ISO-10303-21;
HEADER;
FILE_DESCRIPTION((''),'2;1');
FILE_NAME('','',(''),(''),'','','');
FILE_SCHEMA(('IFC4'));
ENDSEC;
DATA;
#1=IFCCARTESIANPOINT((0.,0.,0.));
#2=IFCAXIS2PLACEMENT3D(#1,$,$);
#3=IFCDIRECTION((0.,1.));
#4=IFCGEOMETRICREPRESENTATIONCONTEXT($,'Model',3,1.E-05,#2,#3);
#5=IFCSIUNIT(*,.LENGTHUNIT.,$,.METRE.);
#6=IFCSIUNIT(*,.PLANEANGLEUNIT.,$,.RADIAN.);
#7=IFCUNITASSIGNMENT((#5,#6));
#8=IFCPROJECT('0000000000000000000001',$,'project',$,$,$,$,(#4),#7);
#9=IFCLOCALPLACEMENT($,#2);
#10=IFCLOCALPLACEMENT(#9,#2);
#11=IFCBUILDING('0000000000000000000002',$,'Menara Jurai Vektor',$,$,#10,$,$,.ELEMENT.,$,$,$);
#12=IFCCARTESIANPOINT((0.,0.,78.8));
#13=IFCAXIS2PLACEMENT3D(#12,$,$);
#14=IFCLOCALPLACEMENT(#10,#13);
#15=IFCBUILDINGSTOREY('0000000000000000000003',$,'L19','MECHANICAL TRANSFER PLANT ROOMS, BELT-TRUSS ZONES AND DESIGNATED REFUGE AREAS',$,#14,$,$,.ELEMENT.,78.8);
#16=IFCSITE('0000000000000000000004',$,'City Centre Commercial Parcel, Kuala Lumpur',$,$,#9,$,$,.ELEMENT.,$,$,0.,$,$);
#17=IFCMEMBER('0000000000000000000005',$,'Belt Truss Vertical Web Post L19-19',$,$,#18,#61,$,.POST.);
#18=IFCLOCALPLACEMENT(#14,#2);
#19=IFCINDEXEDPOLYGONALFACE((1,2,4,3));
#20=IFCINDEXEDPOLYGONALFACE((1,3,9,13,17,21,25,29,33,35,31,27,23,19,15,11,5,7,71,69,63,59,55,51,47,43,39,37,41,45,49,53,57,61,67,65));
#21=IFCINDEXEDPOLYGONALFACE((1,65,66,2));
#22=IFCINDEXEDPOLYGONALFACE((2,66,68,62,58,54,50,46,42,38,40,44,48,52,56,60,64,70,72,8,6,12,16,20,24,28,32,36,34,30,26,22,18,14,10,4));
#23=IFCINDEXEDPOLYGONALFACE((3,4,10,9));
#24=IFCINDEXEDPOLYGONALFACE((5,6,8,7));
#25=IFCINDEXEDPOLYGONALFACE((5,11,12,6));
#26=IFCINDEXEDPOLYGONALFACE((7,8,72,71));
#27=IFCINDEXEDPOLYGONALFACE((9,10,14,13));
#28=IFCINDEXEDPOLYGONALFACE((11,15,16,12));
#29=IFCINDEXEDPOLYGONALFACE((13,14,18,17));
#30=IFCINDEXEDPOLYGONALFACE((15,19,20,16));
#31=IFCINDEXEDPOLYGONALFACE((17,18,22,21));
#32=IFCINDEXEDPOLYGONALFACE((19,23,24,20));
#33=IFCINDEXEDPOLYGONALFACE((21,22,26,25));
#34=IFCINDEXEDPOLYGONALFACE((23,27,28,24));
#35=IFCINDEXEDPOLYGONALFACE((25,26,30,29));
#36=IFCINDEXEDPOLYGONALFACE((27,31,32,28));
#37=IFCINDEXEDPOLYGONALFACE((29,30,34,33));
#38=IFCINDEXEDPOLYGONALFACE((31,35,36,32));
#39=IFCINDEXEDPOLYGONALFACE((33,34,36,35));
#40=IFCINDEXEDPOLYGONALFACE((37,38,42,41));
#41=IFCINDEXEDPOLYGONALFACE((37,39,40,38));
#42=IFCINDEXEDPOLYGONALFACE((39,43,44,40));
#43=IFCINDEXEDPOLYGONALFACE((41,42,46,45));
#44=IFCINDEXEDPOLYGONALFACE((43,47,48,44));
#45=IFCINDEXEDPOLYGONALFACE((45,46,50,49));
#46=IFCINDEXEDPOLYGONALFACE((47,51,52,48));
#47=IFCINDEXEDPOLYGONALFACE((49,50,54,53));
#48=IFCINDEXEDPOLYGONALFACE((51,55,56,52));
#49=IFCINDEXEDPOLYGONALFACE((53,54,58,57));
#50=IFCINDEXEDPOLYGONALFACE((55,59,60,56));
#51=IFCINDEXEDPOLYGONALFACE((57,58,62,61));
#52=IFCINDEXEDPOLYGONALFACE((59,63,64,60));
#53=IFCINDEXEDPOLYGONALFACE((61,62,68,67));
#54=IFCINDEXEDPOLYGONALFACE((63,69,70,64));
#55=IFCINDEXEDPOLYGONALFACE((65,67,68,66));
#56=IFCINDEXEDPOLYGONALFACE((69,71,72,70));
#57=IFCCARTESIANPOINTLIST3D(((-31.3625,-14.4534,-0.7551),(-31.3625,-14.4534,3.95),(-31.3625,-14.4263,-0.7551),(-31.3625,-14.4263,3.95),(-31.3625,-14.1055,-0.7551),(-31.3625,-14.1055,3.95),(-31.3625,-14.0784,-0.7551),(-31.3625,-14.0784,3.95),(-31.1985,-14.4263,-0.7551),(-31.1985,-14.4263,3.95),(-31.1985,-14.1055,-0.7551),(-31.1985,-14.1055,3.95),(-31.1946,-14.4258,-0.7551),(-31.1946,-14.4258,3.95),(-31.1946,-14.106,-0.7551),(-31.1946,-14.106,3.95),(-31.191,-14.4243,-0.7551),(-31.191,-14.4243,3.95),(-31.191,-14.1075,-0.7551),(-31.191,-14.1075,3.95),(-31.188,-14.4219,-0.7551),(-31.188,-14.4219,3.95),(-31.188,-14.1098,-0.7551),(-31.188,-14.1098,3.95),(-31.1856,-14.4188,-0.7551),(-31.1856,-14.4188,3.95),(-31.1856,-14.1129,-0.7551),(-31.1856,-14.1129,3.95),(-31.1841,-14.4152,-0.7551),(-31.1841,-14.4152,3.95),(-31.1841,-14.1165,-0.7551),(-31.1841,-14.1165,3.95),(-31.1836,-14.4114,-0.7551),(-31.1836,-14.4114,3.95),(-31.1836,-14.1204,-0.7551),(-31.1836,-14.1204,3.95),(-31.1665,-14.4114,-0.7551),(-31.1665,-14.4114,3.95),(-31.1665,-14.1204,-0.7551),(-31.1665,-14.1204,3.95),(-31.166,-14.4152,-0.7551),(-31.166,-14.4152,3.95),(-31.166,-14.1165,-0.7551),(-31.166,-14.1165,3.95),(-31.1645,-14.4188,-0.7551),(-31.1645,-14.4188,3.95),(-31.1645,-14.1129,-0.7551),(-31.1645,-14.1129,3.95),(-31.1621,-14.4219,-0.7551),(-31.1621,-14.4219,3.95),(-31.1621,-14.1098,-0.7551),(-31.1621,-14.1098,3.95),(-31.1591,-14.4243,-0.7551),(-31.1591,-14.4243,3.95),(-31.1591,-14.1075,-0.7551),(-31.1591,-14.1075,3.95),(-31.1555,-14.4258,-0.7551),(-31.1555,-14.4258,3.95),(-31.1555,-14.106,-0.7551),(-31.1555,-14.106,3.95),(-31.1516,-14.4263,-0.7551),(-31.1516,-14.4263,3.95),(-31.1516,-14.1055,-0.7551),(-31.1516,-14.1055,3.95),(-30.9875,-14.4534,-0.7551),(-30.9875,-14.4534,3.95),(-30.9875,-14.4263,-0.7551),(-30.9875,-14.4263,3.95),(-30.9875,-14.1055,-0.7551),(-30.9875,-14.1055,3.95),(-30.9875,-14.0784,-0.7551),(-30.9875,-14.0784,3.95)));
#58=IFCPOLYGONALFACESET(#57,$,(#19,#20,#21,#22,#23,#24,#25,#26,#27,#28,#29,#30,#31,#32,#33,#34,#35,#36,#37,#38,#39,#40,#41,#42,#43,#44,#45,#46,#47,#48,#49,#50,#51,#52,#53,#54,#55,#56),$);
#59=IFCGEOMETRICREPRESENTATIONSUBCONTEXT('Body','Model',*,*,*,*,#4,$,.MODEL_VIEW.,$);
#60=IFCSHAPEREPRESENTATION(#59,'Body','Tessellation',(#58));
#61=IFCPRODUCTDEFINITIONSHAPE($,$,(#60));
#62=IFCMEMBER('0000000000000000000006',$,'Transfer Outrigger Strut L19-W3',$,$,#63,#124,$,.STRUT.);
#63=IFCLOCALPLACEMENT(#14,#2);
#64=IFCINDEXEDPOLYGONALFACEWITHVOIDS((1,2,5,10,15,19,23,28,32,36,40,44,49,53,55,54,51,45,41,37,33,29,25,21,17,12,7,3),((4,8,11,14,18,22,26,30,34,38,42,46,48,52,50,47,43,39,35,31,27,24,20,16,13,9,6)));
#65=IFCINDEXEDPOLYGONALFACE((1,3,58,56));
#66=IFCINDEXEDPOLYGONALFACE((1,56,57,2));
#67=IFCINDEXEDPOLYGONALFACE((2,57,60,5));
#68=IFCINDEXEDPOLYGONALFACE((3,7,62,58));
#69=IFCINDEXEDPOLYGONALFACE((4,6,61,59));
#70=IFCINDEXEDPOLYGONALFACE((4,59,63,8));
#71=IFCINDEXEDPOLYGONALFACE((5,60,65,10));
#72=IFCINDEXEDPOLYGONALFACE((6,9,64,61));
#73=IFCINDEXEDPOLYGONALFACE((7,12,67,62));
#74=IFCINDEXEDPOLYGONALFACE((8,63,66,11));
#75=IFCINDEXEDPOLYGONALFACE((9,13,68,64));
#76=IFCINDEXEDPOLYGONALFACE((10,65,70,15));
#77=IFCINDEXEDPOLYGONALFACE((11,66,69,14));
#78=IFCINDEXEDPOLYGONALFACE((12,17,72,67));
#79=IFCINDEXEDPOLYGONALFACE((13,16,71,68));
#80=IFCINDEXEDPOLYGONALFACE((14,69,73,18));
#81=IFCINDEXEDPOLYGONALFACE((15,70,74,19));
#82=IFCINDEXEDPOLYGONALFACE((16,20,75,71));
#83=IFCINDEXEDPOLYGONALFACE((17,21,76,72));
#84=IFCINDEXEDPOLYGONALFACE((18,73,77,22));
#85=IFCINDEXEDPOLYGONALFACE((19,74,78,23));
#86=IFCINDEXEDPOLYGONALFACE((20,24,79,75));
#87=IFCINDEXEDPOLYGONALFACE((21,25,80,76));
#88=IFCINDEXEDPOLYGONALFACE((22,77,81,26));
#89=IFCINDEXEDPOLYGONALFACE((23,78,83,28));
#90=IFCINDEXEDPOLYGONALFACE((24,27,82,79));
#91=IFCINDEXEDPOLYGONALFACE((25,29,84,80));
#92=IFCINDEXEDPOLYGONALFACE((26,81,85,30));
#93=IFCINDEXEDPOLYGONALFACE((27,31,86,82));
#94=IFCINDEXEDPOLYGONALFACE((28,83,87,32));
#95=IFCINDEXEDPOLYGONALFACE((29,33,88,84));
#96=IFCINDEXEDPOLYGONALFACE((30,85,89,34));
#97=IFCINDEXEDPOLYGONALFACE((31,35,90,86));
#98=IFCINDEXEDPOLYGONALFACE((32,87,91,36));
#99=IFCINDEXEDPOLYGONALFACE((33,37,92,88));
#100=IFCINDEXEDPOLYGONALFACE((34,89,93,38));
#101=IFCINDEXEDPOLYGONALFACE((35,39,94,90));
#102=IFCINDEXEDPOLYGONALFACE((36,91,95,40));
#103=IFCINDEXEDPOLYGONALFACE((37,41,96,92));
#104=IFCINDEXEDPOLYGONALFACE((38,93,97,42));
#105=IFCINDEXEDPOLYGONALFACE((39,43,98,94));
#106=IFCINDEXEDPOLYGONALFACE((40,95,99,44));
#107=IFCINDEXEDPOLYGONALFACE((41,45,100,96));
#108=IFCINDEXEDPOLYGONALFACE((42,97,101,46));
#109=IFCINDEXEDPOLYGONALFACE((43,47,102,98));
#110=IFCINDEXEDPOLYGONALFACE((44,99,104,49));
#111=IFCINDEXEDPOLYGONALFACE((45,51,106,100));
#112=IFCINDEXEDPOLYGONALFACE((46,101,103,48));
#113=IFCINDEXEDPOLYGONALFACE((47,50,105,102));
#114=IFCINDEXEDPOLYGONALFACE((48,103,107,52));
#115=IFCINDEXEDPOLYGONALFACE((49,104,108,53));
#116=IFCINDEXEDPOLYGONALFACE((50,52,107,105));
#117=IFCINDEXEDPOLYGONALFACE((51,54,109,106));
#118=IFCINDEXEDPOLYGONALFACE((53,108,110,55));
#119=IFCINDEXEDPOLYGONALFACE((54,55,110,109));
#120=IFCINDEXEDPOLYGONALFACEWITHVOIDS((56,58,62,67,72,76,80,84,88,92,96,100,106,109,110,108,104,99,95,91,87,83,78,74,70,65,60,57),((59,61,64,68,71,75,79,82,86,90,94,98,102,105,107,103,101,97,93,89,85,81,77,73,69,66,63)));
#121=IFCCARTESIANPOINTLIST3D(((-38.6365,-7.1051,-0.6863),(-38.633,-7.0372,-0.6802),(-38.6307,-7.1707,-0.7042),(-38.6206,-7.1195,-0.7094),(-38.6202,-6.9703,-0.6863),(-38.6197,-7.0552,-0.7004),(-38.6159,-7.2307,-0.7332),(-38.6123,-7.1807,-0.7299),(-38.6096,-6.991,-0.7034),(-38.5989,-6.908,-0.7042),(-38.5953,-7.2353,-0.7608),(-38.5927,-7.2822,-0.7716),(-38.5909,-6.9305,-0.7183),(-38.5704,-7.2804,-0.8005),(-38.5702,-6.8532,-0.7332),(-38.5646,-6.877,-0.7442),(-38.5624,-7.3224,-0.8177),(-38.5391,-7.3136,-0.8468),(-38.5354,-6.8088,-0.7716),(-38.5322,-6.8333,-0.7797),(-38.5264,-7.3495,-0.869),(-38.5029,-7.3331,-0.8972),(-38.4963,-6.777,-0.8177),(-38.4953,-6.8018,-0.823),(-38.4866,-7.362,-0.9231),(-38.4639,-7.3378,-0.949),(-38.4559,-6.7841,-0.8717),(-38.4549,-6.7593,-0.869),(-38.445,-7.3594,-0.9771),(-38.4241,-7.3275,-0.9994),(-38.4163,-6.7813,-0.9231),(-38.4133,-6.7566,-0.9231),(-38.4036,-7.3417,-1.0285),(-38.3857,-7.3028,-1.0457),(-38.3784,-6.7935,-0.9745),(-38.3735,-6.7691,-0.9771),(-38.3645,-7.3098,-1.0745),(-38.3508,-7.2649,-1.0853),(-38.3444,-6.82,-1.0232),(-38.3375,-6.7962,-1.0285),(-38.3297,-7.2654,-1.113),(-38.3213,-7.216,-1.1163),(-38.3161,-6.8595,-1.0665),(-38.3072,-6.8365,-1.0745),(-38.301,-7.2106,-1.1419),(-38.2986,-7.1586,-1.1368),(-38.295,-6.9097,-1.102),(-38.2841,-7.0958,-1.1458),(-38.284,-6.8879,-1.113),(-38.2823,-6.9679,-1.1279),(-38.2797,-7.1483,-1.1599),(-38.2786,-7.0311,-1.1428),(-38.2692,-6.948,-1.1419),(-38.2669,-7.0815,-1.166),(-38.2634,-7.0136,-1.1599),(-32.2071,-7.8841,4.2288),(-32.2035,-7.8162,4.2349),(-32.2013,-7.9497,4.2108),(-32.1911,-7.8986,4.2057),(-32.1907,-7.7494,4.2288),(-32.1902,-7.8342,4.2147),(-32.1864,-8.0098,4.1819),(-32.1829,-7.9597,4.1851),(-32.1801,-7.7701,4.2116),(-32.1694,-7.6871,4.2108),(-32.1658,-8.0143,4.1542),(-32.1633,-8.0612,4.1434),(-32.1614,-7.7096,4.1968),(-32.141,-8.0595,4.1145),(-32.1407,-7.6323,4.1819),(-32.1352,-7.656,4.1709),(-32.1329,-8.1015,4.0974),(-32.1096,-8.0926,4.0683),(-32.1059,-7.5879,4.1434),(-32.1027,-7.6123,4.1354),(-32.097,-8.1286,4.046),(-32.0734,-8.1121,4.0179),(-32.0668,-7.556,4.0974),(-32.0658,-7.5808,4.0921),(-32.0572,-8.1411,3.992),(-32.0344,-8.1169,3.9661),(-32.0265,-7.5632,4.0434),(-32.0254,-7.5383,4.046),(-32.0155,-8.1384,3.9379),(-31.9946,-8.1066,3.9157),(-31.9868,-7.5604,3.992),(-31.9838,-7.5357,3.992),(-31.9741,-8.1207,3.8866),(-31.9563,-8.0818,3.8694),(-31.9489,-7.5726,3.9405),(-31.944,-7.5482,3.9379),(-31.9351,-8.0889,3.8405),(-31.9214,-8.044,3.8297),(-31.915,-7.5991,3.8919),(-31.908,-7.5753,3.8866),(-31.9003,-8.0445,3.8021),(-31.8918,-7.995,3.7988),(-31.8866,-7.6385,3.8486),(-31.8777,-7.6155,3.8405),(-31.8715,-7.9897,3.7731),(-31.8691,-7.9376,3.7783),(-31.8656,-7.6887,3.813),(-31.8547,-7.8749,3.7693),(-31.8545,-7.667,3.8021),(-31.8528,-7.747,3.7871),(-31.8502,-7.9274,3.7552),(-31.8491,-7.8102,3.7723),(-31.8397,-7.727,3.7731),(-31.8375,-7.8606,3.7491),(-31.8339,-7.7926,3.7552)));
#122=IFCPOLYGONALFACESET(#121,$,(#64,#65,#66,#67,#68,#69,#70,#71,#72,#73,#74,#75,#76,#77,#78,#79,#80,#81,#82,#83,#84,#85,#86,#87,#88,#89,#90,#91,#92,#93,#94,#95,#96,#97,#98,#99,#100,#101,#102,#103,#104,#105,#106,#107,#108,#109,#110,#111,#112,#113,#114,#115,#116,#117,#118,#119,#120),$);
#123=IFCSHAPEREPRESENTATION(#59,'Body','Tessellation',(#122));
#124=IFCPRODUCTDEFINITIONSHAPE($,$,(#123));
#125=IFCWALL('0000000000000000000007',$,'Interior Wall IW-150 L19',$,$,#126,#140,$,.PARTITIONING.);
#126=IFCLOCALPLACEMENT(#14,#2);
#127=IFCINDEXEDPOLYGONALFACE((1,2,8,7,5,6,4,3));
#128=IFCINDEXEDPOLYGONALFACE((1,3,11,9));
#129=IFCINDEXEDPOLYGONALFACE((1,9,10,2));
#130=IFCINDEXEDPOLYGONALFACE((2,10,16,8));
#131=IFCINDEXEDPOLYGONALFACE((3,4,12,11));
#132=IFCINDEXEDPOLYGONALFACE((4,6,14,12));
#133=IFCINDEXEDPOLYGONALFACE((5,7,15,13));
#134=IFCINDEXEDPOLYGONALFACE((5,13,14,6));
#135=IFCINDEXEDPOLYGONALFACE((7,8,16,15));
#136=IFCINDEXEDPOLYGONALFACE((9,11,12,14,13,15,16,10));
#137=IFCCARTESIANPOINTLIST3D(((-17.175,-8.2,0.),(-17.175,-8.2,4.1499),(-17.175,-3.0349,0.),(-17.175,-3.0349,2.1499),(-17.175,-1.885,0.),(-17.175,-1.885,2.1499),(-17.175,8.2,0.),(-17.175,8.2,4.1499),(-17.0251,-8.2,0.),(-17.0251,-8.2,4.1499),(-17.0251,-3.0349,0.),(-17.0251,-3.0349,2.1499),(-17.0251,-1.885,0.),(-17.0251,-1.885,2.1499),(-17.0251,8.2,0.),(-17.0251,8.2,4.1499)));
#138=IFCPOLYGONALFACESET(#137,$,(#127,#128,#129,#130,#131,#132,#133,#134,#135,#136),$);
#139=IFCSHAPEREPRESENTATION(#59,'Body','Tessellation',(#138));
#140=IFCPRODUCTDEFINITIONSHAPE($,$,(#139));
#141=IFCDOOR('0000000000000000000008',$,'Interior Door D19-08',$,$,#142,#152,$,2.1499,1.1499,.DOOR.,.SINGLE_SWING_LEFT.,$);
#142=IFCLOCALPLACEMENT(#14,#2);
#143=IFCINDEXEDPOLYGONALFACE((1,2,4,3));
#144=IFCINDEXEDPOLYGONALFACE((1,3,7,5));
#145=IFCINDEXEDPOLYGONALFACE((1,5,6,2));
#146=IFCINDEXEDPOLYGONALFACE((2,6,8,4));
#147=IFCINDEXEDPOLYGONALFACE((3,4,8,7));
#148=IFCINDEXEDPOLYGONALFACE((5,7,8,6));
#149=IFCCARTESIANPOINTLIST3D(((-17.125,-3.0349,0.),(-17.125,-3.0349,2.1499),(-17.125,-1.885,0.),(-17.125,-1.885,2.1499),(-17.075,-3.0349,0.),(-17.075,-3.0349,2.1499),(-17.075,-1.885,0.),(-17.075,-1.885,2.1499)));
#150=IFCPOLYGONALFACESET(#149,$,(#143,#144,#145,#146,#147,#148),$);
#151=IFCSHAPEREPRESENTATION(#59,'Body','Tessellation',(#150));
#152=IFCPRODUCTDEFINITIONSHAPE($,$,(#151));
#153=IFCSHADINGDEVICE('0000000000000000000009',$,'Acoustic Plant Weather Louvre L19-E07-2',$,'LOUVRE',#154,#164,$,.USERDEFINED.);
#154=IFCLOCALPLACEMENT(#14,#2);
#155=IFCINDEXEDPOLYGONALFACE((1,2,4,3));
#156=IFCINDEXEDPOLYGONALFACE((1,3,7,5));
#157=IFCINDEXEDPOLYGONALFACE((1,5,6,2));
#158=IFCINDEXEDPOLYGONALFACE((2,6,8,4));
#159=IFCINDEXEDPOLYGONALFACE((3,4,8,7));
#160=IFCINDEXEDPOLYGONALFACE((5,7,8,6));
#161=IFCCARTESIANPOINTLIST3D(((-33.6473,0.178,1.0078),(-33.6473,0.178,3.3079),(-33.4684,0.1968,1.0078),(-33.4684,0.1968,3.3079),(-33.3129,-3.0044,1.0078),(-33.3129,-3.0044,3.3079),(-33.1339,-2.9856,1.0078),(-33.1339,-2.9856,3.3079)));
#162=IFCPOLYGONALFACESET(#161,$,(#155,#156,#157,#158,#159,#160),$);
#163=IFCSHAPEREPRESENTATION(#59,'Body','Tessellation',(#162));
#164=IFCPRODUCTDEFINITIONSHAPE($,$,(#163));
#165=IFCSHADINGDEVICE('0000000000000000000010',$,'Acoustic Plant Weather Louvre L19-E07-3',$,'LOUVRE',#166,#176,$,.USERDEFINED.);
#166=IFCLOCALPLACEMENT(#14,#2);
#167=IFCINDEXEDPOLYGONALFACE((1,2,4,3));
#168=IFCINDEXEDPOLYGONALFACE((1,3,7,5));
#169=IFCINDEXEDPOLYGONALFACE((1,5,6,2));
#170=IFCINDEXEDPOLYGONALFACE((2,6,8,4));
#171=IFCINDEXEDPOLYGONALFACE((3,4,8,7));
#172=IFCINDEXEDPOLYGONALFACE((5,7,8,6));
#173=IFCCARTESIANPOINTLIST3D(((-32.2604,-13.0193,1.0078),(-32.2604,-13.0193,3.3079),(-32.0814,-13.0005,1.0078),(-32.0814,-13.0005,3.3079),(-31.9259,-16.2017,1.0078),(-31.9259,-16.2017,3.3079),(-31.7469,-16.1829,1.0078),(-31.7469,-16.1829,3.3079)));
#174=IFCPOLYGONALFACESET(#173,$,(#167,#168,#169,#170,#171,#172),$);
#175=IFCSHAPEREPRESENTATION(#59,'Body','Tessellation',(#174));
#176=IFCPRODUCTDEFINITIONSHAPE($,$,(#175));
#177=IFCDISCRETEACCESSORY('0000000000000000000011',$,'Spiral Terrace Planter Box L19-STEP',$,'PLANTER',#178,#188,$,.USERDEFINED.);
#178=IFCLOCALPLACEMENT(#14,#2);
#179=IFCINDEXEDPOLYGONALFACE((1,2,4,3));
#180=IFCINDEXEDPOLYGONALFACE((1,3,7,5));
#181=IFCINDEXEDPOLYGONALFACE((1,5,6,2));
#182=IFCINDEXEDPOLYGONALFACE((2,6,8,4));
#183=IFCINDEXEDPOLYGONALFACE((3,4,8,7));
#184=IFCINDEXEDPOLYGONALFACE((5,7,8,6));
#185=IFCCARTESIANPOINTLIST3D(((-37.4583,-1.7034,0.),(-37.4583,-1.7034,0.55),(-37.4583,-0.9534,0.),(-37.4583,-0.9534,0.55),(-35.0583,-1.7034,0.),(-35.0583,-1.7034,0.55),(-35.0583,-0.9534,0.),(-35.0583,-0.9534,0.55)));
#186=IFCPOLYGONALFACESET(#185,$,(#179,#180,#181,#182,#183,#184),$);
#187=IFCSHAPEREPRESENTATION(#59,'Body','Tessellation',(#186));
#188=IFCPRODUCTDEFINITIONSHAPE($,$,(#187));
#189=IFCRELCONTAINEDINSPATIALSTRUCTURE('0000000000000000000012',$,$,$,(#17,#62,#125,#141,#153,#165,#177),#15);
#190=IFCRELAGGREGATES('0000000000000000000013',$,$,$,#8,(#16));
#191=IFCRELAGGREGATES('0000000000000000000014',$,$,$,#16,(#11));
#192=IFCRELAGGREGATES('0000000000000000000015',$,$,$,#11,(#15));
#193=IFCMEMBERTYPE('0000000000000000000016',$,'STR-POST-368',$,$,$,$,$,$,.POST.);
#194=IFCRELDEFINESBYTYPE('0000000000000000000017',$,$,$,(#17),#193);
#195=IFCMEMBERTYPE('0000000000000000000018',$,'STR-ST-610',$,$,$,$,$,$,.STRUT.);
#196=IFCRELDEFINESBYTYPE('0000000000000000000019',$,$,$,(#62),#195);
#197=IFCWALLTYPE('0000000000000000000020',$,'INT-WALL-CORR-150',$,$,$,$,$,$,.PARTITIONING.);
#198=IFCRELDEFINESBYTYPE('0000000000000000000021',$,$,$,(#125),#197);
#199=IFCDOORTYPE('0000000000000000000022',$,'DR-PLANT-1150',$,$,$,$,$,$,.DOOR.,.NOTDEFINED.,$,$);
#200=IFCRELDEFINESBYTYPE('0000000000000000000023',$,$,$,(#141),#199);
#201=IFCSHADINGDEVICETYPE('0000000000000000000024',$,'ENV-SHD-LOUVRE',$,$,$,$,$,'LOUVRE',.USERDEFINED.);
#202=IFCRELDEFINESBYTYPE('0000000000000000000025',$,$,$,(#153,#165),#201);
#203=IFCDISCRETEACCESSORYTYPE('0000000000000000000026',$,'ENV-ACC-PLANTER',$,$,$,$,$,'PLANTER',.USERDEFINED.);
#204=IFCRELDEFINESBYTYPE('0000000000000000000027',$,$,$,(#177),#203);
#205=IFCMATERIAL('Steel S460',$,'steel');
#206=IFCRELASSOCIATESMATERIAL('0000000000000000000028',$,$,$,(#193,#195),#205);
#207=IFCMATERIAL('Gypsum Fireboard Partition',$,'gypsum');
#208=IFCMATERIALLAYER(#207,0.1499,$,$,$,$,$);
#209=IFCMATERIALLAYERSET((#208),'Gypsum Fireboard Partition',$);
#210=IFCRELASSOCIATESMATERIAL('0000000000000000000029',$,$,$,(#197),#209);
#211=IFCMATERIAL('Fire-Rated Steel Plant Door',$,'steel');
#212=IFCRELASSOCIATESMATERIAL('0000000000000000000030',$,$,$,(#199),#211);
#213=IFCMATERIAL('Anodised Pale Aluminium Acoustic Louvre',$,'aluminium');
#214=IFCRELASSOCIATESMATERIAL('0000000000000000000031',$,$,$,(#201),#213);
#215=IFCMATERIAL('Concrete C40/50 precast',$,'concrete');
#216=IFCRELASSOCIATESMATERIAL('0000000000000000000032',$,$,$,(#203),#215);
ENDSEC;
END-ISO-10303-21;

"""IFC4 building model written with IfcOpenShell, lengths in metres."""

from ifc_helpers import new_model, si_unit, direction, frame, frame_2d, origin, origin_2d, place, context, subcontext, project, spatial, rectangle, hollow_circle, i_section, extrude, material, layer, layer_set, material_profile, profile_set, type_object, element, fill, save


model = new_model("IFC4")

# Units and contexts
model_context = context("Model", 3, precision=1e-05, world=origin(), true_north=direction((0.0, 1.0)))
body_context = subcontext(model_context, "Body", "Model", "MODEL_VIEW")
ifc_project = project(units=[si_unit("LENGTHUNIT", "METRE"), si_unit("PLANEANGLEUNIT", "RADIAN")], contexts=[model_context])

# Site, building, storey
site_placement = place(None, origin())
site = spatial("IfcSite", under=ifc_project, at=site_placement, Name="City Centre Commercial Parcel, Kuala Lumpur", CompositionType="ELEMENT", RefElevation=0.0)
building_placement = place(site_placement, origin())
building = spatial("IfcBuilding", under=site, at=building_placement, Name="Menara Jurai Vektor", CompositionType="ELEMENT")
storey_placement = place(building_placement, frame((0.0, 0.0, 78.8)))
storey = spatial("IfcBuildingStorey", under=building, at=storey_placement, Name="L19", Description="MECHANICAL TRANSFER PLANT ROOMS, BELT-TRUSS ZONES AND DESIGNATED REFUGE AREAS", CompositionType="ELEMENT", Elevation=78.8)

# Shared definitions
ifc_material_1 = material(Name="Steel S460", Category="steel")

# Members
ifc_material_profile_1 = material_profile(ifc_material_1, i_section(OverallWidth=0.375, OverallDepth=0.375, WebThickness=0.0171, FlangeThickness=0.0271, FilletRadius=0.0149, at=origin_2d()), Name="UKC 356x368x202")
ifc_profile_set_1 = profile_set([ifc_material_profile_1], Name="Steel S460")
member_type_1 = type_object("IfcMemberType", Name="STR-POST-368", PredefinedType="POST", material=ifc_profile_set_1)
for number, where, z_axis, x_axis, name in (
    (1, (-31.175, -14.2659, -0.7551), (0.0, 0.0, 1.0), (1.0, 0.0, 0.0), "Belt Truss Vertical Web Post L19-19"),
):
    element("IfcMember", number, at=place(storey_placement, frame(where, z_axis=z_axis, x_axis=x_axis)), inside=storey, type_object=member_type_1, Name=name, PredefinedType="POST", context=body_context, shape_type="SweptSolid", body=[
        extrude(i_section(OverallWidth=0.375, OverallDepth=0.375, WebThickness=0.0171, FlangeThickness=0.0271, FilletRadius=0.0149, at=origin_2d()), origin(), (0.0, 0.0, 1.0), 4.7051),
    ])
ifc_material_profile_2 = material_profile(ifc_material_1, hollow_circle(Radius=0.3049, WallThickness=0.0249, at=origin_2d()), Name="CHS 610x25")
ifc_profile_set_2 = profile_set([ifc_material_profile_2], Name="Steel S460")
member_type_2 = type_object("IfcMemberType", Name="STR-ST-610", PredefinedType="STRUT", material=ifc_profile_set_2)
member_1_placement = place(storey_placement, frame((-38.45, -7.0593, -0.9231), z_axis=(0.790797, -0.095821, 0.604531), x_axis=(0.12029, 0.992739, 0.0)))
element("IfcMember", 2, at=member_1_placement, inside=storey, type_object=member_type_2, Name="Transfer Outrigger Strut L19-W3", PredefinedType="STRUT", context=body_context, shape_type="SweptSolid", body=[
    extrude(hollow_circle(Radius=0.3049, WallThickness=0.0249, at=origin_2d()), origin(), (0.0, 0.0, 1.0), 8.1304),
])

# Wall, opening, door
ifc_material_2 = material(Name="Gypsum Fireboard Partition", Category="gypsum")
ifc_layer = layer(ifc_material_2, 0.1499)
ifc_layer_set = layer_set([ifc_layer], Name="Gypsum Fireboard Partition")
wall_type = type_object("IfcWallType", Name="INT-WALL-CORR-150", PredefinedType="PARTITIONING", material=ifc_layer_set)
wall_placement = place(storey_placement, frame((-17.1001, -8.2, 0.0), z_axis=(0.0, 0.0, 1.0), x_axis=(0.0, 1.0, 0.0)))
wall = element("IfcWall", 3, at=wall_placement, inside=storey, type_object=wall_type, Name="Interior Wall IW-150 L19", PredefinedType="PARTITIONING", context=body_context, shape_type="SweptSolid", body=[
    extrude(rectangle(XDim=16.3999, YDim=0.1499, at=frame_2d((8.2, 0.0))), origin(), (0.0, 0.0, 1.0), 4.1499),
])
opening_placement = place(wall_placement, frame((5.165, 0.0, 0.0)))
opening = element("IfcOpeningElement", 4, at=opening_placement, cuts=wall, PredefinedType="OPENING", context=body_context, shape_type="SweptSolid", body=[
    extrude(rectangle(XDim=1.1499, YDim=2.1499, at=frame_2d((0.575, 1.075))), frame((0.0, 0.085, 0.0), z_axis=(0.0, -1.0, 0.0), x_axis=(1.0, 0.0, 0.0)), (0.0, 0.0, 1.0), 0.1699),
])
ifc_material_3 = material(Name="Fire-Rated Steel Plant Door", Category="steel")
door_type = type_object("IfcDoorType", Name="DR-PLANT-1150", OperationType="NOTDEFINED", PredefinedType="DOOR", material=ifc_material_3)
door_placement = place(opening_placement, origin())
door = element("IfcDoor", 5, at=door_placement, inside=storey, type_object=door_type, Name="Interior Door D19-08", OperationType="SINGLE_SWING_LEFT", OverallHeight=2.1499, OverallWidth=1.1499, PredefinedType="DOOR", context=body_context, shape_type="SweptSolid", body=[
    extrude(rectangle(XDim=1.1499, YDim=2.1499, at=frame_2d((0.575, 1.075))), frame((0.0, 0.0249, 0.0), z_axis=(0.0, -1.0, 0.0), x_axis=(1.0, 0.0, 0.0)), (0.0, 0.0, 1.0), 0.05),
])
fill(opening, door)

# Shading devices
ifc_material_4 = material(Name="Anodised Pale Aluminium Acoustic Louvre", Category="aluminium")
shading_device_type = type_object("IfcShadingDeviceType", Name="ENV-SHD-LOUVRE", ElementType="LOUVRE", PredefinedType="USERDEFINED", material=ifc_material_4)
for number, where, z_axis, x_axis, name in (
    (6, (-33.3906, -1.4038, 1.0078), (0.0, 0.0, 1.0), (0.104528, -0.994522, 0.0), "Acoustic Plant Weather Louvre L19-E07-2"),
    (7, (-32.0037, -14.6011, 1.0078), (0.0, 0.0, 1.0), (0.104528, -0.994522, 0.0), "Acoustic Plant Weather Louvre L19-E07-3"),
):
    element("IfcShadingDevice", number, at=place(storey_placement, frame(where, z_axis=z_axis, x_axis=x_axis)), inside=storey, type_object=shading_device_type, Name=name, ObjectType="LOUVRE", PredefinedType="USERDEFINED", context=body_context, shape_type="SweptSolid", body=[
        extrude(rectangle(XDim=3.2, YDim=0.1799, at=origin_2d()), origin(), (0.0, 0.0, 1.0), 2.3),
    ])

# Discrete accessory
ifc_material_5 = material(Name="Concrete C40/50 precast", Category="concrete")
discrete_accessory_type = type_object("IfcDiscreteAccessoryType", Name="ENV-ACC-PLANTER", ElementType="PLANTER", PredefinedType="USERDEFINED", material=ifc_material_5)
discrete_accessory_placement = place(storey_placement, frame((-36.2583, -1.3284, 0.0), z_axis=(0.0, 0.0, 1.0), x_axis=(1.0, 0.0, 0.0)))
element("IfcDiscreteAccessory", 8, at=discrete_accessory_placement, inside=storey, type_object=discrete_accessory_type, Name="Spiral Terrace Planter Box L19-STEP", ObjectType="PLANTER", PredefinedType="USERDEFINED", context=body_context, shape_type="SweptSolid", body=[
    extrude(rectangle(XDim=2.3999, YDim=0.75, at=origin_2d()), origin(), (0.0, 0.0, 1.0), 0.55),
])

save(model, "model.ifc")
